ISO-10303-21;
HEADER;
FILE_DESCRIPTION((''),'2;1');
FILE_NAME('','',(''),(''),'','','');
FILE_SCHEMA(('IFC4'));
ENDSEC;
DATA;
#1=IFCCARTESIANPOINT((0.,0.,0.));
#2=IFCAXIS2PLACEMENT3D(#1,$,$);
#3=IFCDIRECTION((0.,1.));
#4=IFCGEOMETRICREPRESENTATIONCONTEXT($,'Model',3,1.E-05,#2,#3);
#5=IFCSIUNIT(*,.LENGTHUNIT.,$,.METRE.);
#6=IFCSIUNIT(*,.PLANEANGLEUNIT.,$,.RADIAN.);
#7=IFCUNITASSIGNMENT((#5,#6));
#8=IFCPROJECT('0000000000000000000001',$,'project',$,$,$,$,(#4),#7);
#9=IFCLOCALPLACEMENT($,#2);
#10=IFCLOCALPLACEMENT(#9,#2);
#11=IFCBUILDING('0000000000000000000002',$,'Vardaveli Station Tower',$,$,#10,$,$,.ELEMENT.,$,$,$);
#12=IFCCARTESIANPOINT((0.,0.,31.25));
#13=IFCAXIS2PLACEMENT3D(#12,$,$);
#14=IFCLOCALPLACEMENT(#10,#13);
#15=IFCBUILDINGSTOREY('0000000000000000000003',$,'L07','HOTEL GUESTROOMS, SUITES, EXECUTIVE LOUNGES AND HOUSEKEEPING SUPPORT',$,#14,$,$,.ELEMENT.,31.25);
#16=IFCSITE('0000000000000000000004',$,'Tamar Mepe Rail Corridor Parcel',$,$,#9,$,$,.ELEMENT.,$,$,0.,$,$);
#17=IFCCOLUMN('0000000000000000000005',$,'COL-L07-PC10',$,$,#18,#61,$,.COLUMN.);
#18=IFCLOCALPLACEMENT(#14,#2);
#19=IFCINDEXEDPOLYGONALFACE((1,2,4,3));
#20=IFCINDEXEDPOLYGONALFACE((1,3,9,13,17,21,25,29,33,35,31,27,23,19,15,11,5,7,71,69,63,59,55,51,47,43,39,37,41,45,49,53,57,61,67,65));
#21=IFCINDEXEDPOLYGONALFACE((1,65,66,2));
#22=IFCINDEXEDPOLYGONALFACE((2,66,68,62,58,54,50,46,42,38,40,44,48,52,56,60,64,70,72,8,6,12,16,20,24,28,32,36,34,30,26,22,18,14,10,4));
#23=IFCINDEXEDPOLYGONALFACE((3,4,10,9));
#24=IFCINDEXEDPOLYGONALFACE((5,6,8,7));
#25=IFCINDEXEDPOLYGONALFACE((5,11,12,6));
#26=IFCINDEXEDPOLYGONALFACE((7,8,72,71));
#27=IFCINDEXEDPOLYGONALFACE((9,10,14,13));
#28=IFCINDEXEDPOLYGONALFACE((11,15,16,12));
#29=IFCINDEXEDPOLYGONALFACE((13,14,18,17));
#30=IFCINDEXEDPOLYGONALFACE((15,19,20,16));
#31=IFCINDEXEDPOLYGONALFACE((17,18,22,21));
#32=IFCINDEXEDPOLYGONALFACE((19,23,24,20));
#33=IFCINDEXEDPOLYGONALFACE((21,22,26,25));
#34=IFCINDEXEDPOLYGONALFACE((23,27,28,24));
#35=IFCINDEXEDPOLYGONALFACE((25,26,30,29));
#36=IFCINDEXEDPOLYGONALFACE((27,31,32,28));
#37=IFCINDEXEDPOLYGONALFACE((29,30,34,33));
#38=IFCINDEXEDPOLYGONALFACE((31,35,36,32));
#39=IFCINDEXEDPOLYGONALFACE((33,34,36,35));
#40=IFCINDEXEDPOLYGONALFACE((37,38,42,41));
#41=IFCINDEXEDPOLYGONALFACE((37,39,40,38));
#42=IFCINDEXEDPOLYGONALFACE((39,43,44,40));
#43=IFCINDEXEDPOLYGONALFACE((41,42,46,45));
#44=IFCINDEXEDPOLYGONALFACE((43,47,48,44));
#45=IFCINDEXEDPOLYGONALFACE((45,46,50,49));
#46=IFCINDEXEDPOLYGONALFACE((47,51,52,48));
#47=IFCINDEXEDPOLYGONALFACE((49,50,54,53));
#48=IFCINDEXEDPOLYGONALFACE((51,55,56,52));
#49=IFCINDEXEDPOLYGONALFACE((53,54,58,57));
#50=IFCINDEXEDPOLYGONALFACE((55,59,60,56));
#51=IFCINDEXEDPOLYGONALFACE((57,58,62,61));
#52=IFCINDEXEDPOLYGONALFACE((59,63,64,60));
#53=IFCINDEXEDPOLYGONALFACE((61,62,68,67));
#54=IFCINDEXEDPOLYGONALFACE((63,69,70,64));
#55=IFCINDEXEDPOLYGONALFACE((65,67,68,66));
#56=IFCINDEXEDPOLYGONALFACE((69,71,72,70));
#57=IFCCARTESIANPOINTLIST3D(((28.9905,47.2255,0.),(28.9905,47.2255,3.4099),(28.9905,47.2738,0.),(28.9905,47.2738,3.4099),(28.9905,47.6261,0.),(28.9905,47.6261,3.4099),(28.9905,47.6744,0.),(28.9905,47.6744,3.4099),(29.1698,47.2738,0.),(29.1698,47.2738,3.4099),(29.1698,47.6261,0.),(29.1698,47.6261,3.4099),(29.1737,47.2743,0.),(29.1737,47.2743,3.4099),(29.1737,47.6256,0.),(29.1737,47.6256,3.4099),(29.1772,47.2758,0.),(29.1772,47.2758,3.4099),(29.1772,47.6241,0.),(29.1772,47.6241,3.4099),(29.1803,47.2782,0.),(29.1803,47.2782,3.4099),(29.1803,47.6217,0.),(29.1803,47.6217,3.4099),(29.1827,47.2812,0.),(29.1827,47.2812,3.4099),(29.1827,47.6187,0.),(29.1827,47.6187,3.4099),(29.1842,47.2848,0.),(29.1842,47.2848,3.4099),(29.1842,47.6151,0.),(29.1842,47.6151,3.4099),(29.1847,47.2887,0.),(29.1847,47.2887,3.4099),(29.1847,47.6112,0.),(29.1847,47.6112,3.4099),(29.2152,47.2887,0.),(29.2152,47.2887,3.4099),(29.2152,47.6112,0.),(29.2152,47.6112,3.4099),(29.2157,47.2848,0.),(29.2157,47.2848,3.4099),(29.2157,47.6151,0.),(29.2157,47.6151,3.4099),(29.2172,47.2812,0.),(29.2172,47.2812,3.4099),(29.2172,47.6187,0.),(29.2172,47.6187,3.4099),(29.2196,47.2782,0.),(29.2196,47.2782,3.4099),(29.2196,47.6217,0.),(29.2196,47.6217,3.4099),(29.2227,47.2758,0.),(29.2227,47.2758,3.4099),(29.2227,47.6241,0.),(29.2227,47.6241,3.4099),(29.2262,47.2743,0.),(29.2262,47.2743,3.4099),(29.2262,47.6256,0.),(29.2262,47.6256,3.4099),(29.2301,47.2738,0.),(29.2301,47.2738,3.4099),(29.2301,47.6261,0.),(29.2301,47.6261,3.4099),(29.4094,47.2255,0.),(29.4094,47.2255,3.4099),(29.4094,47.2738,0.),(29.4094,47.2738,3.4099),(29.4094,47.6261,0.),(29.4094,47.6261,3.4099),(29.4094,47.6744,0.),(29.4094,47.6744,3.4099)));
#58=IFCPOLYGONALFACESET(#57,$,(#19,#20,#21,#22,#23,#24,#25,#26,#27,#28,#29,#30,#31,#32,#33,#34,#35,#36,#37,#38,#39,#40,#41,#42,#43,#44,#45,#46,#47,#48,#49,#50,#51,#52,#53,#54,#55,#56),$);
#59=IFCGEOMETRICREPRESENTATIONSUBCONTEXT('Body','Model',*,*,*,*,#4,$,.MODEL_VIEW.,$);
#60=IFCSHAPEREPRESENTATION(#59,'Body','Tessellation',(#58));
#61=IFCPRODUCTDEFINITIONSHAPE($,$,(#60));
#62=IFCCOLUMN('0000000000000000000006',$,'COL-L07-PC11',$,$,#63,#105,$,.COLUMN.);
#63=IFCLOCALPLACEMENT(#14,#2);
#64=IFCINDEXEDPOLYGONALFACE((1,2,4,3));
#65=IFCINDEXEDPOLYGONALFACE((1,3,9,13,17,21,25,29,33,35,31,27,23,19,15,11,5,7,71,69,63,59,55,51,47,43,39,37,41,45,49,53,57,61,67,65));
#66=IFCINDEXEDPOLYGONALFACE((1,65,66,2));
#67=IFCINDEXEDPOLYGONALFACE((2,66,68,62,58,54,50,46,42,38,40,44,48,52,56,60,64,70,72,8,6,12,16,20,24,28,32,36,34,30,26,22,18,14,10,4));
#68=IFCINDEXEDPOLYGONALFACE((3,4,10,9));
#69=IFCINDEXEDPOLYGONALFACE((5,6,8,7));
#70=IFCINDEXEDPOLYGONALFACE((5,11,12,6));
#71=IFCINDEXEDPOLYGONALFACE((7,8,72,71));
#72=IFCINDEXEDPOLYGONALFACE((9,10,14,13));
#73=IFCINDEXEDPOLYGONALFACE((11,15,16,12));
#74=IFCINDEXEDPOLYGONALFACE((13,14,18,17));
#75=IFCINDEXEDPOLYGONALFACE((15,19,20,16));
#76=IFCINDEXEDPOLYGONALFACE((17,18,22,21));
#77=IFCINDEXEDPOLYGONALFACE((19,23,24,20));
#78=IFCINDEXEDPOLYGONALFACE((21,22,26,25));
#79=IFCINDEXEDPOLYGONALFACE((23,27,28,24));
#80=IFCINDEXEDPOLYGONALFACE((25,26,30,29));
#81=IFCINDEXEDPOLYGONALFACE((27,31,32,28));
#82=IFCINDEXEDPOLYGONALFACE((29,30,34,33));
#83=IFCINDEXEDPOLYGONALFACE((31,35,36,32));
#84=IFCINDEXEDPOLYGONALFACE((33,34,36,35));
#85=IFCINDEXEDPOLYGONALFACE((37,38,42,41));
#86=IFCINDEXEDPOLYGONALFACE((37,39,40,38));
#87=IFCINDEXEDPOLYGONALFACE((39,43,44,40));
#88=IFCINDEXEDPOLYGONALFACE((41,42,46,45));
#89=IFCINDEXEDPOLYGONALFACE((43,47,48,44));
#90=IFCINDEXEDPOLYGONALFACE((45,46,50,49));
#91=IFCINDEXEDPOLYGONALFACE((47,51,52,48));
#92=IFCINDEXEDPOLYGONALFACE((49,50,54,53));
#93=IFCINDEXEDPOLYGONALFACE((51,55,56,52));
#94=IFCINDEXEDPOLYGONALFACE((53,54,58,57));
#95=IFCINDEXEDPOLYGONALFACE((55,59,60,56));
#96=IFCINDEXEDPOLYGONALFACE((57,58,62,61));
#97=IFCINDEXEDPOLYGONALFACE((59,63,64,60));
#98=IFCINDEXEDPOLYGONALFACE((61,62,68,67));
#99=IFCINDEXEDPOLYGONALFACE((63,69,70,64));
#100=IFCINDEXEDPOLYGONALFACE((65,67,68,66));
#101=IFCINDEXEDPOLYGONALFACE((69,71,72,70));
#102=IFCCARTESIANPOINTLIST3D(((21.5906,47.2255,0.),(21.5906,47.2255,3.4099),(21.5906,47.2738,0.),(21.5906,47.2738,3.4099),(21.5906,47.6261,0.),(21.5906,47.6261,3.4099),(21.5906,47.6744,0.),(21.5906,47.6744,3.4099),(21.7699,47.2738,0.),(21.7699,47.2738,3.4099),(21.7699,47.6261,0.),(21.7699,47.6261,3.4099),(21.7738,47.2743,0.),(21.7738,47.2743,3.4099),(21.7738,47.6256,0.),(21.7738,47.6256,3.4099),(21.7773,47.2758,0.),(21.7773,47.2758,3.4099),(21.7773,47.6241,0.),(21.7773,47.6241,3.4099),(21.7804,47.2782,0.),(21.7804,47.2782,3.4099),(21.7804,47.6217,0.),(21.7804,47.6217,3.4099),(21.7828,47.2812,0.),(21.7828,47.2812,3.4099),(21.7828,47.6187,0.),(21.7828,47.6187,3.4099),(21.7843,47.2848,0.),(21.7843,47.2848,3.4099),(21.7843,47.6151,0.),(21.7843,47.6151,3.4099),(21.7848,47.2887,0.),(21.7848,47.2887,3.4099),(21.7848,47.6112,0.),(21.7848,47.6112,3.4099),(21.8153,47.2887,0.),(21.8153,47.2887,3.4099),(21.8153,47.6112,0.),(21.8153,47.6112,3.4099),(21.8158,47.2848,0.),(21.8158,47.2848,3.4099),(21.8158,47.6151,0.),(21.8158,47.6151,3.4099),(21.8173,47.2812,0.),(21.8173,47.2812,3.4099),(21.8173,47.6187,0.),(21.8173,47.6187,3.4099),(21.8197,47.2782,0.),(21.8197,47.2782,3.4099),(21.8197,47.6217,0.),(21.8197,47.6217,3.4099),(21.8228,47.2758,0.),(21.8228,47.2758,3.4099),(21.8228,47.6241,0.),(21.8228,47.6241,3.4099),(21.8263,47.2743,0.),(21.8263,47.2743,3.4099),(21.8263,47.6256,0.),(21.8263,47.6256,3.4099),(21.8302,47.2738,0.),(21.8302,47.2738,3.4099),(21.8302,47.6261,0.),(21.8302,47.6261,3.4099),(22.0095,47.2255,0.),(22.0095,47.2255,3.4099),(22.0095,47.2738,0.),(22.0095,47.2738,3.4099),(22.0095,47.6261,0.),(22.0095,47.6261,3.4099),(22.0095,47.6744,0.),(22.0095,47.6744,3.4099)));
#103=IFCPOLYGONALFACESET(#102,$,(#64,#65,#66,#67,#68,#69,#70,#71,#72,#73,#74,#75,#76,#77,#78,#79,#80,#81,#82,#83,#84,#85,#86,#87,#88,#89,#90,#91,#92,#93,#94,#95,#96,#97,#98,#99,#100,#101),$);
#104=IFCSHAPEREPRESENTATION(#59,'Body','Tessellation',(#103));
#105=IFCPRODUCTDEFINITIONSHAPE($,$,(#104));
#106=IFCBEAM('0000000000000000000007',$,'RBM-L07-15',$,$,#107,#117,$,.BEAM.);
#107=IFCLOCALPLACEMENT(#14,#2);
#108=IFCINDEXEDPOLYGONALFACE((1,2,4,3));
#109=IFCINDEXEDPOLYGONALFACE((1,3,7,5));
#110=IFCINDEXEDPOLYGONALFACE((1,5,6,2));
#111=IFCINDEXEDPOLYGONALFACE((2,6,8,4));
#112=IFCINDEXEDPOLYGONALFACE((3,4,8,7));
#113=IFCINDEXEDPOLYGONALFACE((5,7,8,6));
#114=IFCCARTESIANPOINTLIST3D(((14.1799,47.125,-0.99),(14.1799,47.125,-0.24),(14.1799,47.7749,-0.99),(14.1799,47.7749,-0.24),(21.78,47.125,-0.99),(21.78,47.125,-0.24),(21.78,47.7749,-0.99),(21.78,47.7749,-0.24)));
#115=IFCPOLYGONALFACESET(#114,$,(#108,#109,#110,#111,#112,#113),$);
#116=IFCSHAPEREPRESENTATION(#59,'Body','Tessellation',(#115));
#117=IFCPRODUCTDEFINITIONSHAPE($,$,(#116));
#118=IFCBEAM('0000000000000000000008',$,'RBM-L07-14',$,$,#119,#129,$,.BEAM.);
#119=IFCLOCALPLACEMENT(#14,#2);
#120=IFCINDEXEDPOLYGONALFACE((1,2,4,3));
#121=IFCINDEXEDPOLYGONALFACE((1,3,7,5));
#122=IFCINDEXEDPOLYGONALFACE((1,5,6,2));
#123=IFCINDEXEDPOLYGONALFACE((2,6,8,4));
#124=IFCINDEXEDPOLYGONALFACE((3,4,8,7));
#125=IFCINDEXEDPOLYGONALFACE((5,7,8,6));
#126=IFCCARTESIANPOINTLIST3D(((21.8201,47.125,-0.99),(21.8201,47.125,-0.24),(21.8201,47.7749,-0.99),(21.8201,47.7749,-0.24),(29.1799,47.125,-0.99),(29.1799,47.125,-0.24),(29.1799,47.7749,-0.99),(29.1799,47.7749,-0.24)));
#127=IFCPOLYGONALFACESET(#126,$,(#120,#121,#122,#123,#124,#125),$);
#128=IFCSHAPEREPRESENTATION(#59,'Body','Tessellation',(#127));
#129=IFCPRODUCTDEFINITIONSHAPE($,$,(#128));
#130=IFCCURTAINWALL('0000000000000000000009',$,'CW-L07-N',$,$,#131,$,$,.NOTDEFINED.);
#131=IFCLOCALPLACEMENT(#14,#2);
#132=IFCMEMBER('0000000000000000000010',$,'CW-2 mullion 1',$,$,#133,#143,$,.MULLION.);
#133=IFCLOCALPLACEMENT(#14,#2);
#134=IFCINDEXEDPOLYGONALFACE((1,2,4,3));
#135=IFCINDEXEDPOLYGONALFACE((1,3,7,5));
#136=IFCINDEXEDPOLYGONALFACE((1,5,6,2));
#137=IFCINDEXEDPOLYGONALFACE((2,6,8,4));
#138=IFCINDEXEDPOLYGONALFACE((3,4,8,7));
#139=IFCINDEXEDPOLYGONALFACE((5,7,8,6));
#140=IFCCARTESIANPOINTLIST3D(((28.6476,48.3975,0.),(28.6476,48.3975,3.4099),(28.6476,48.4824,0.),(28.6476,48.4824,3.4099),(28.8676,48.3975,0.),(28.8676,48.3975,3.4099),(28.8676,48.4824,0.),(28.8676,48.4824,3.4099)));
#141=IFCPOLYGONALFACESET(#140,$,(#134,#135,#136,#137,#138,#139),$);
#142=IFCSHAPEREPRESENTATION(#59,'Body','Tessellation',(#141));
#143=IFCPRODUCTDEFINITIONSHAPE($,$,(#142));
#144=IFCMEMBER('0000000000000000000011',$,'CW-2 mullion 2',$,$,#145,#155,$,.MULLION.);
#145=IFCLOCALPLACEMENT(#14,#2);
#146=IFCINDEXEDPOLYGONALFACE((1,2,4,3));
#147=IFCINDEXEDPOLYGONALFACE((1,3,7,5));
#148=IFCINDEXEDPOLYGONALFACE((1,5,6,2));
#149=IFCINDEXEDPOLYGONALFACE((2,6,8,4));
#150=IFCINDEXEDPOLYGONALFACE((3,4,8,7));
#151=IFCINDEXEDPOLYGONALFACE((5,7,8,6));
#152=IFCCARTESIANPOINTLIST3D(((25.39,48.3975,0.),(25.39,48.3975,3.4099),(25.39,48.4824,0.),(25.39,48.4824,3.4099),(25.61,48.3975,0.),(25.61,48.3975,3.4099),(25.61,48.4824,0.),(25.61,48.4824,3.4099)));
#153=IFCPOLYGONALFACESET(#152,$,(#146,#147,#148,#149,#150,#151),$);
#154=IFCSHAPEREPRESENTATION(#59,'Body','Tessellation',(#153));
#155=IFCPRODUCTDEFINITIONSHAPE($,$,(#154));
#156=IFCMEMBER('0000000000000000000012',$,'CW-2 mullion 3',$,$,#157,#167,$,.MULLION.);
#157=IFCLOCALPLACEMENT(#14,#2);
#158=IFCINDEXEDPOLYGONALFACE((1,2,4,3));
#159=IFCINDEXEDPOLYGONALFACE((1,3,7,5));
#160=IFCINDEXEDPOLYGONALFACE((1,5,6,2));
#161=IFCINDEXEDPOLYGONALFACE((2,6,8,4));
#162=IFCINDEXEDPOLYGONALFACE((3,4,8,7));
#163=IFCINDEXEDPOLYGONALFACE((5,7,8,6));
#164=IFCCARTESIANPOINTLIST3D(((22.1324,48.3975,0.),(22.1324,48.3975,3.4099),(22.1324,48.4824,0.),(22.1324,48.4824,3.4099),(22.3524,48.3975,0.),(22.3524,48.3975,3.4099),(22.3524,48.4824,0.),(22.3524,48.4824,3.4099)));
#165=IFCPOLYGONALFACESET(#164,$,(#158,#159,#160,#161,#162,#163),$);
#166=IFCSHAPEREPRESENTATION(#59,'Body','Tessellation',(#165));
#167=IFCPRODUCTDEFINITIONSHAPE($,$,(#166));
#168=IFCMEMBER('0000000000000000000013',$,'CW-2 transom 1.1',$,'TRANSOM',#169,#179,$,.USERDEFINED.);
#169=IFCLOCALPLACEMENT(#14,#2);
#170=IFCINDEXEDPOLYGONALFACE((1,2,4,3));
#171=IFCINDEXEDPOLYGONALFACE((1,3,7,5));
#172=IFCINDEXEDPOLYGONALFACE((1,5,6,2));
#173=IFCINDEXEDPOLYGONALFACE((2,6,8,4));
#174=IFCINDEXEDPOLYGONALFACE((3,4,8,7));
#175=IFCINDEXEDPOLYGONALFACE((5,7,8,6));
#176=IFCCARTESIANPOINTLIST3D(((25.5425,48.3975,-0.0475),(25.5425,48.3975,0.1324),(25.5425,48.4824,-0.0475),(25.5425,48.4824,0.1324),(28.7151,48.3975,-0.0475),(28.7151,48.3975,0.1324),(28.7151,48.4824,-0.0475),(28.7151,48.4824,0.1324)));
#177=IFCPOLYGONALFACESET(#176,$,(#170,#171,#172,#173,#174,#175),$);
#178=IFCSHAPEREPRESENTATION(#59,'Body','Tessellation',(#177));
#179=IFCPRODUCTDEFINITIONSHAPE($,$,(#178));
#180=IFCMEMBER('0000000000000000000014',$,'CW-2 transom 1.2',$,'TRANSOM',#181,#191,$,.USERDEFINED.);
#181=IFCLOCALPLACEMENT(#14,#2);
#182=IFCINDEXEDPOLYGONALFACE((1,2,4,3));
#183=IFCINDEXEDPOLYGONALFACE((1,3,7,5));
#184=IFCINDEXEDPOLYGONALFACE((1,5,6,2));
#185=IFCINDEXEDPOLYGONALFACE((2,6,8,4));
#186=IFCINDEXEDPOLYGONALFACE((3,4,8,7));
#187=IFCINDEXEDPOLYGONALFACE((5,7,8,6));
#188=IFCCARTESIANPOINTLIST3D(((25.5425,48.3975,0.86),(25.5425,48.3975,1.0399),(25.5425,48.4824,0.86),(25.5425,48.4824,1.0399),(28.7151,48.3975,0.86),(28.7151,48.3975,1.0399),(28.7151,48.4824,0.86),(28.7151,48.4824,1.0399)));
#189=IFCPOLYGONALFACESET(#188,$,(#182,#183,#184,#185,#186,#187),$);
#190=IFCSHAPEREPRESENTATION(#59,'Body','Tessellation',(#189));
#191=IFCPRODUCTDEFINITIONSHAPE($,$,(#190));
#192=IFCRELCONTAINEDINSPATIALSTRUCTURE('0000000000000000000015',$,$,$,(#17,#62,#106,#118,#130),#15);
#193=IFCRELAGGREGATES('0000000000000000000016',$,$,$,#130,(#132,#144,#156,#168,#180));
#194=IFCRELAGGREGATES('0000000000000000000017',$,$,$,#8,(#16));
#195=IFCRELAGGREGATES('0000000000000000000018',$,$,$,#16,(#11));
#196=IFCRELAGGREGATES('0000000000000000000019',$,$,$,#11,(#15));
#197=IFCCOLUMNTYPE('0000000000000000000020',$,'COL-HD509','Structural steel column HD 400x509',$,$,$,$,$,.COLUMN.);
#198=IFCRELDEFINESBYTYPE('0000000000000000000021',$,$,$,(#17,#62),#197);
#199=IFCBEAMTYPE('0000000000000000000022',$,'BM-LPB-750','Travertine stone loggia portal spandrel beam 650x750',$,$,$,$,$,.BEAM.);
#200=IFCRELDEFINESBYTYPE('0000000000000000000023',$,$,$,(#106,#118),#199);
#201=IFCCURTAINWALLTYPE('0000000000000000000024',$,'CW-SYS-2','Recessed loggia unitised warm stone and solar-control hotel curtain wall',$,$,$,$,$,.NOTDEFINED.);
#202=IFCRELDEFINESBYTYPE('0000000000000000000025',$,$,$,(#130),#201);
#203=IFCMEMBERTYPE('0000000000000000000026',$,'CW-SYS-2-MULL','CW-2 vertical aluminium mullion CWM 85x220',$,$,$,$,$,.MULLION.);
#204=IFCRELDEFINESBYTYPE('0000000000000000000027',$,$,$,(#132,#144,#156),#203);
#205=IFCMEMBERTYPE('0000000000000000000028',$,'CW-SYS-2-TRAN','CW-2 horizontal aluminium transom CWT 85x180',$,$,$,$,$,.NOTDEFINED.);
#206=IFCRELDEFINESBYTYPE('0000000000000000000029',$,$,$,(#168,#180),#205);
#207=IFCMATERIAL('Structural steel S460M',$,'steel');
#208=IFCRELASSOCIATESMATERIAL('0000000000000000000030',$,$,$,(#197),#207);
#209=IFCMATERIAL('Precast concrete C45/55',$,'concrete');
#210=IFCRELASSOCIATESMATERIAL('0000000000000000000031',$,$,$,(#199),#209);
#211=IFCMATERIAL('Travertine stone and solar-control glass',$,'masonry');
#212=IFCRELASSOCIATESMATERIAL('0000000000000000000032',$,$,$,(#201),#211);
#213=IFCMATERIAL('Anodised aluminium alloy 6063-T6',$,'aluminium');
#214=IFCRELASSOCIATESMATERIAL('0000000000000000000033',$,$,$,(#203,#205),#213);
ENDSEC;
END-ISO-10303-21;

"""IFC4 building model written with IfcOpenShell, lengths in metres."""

from ifc_helpers import new_model, si_unit, direction, frame, origin, origin_2d, place, context, subcontext, project, spatial, rectangle, i_section, extrude, source, transform, mapped, material, material_profile, profile_set, type_object, element, aggregate, save


model = new_model("IFC4")

# Units and contexts
model_context = context("Model", 3, precision=1e-05, world=origin(), true_north=direction((0.0, 1.0)))
body_context = subcontext(model_context, "Body", "Model", "MODEL_VIEW")
ifc_project = project(units=[si_unit("LENGTHUNIT", "METRE"), si_unit("PLANEANGLEUNIT", "RADIAN")], contexts=[model_context])

# Site, building, storey
site_placement = place(None, origin())
site = spatial("IfcSite", under=ifc_project, at=site_placement, Name="Tamar Mepe Rail Corridor Parcel", CompositionType="ELEMENT", RefElevation=0.0)
building_placement = place(site_placement, origin())
building = spatial("IfcBuilding", under=site, at=building_placement, Name="Vardaveli Station Tower", CompositionType="ELEMENT")
storey_placement = place(building_placement, frame((0.0, 0.0, 31.25)))
storey = spatial("IfcBuildingStorey", under=building, at=storey_placement, Name="L07", Description="HOTEL GUESTROOMS, SUITES, EXECUTIVE LOUNGES AND HOUSEKEEPING SUPPORT", CompositionType="ELEMENT", Elevation=31.25)

# Columns
ifc_material_1 = material(Name="Structural steel S460M", Category="steel")
ifc_material_profile_1 = material_profile(ifc_material_1, i_section(OverallWidth=0.4189, OverallDepth=0.449, WebThickness=0.0305, FlangeThickness=0.0483, FilletRadius=0.0149, at=origin_2d()), Name="HD 400x509")
ifc_profile_set_1 = profile_set([ifc_material_profile_1], Name="Structural steel S460M")
column_type = type_object("IfcColumnType", Name="COL-HD509", Description="Structural steel column HD 400x509", PredefinedType="COLUMN", material=ifc_profile_set_1)
shared_shape_1 = source(origin(), body_context, "Body", "SweptSolid", [
    extrude(i_section(OverallWidth=0.4189, OverallDepth=0.449, WebThickness=0.0305, FlangeThickness=0.0483, FilletRadius=0.0149, at=origin_2d()), origin(), (0.0, 0.0, 1.0), 3.4099),
])
for number, where, z_axis, x_axis, name in (
    (1, (29.2, 47.45, 0.0), (0.0, 0.0, 1.0), (1.0, 0.0, 0.0), "COL-L07-PC10"),
    (2, (21.8, 47.45, 0.0), (0.0, 0.0, 1.0), (1.0, 0.0, 0.0), "COL-L07-PC11"),
):
    element("IfcColumn", number, at=place(storey_placement, frame(where, z_axis=z_axis, x_axis=x_axis)), inside=storey, type_object=column_type, Name=name, PredefinedType="COLUMN", context=body_context, shape_type="MappedRepresentation", body=[
        mapped(shared_shape_1, transform((0.0, 0.0, 0.0), scale=1.0)),
    ])

# Beams
ifc_material_2 = material(Name="Precast concrete C45/55", Category="concrete")
ifc_material_profile_2 = material_profile(ifc_material_2, rectangle(XDim=0.6499, YDim=0.75, at=origin_2d()), Name="LPB 650x750")
ifc_profile_set_2 = profile_set([ifc_material_profile_2], Name="Precast concrete C45/55")
beam_type = type_object("IfcBeamType", Name="BM-LPB-750", Description="Travertine stone loggia portal spandrel beam 650x750", PredefinedType="BEAM", material=ifc_profile_set_2)
shared_shape_2 = source(origin(), body_context, "Body", "SweptSolid", [
    extrude(rectangle(XDim=0.6499, YDim=0.75, at=origin_2d()), origin(), (0.0, 0.0, 1.0), 7.6001),
])
beam_1_placement = place(storey_placement, frame((21.78, 47.45, -0.615), z_axis=(-1.0, 0.0, 0.0), x_axis=(0.0, -1.0, 0.0)))
element("IfcBeam", 3, at=beam_1_placement, inside=storey, type_object=beam_type, Name="RBM-L07-15", PredefinedType="BEAM", context=body_context, shape_type="MappedRepresentation", body=[
    mapped(shared_shape_2, transform((0.0, 0.0, 0.0), scale=1.0)),
])
shared_shape_3 = source(origin(), body_context, "Body", "SweptSolid", [
    extrude(rectangle(XDim=0.6499, YDim=0.75, at=origin_2d()), origin(), (0.0, 0.0, 1.0), 7.3599),
])
beam_2_placement = place(storey_placement, frame((29.1799, 47.45, -0.615), z_axis=(-1.0, 0.0, 0.0), x_axis=(0.0, -1.0, 0.0)))
element("IfcBeam", 4, at=beam_2_placement, inside=storey, type_object=beam_type, Name="RBM-L07-14", PredefinedType="BEAM", context=body_context, shape_type="MappedRepresentation", body=[
    mapped(shared_shape_3, transform((0.0, 0.0, 0.0), scale=1.0)),
])

# Curtain wall, members
ifc_material_3 = material(Name="Travertine stone and solar-control glass", Category="masonry")
curtain_wall_type = type_object("IfcCurtainWallType", Name="CW-SYS-2", Description="Recessed loggia unitised warm stone and solar-control hotel curtain wall", PredefinedType="NOTDEFINED", material=ifc_material_3)
curtain_wall_placement = place(storey_placement, origin())
curtain_wall = element("IfcCurtainWall", 5, at=curtain_wall_placement, inside=storey, type_object=curtain_wall_type, Name="CW-L07-N", PredefinedType="NOTDEFINED")
ifc_material_4 = material(Name="Anodised aluminium alloy 6063-T6", Category="aluminium")
ifc_material_profile_3 = material_profile(ifc_material_4, rectangle(XDim=0.085, YDim=0.22, at=origin_2d()), Name="CWM 85x220")
ifc_profile_set_3 = profile_set([ifc_material_profile_3], Name="Anodised aluminium alloy 6063-T6")
member_type_1 = type_object("IfcMemberType", Name="CW-SYS-2-MULL", Description="CW-2 vertical aluminium mullion CWM 85x220", PredefinedType="MULLION", material=ifc_profile_set_3)
shared_shape_4 = source(origin(), body_context, "Body", "SweptSolid", [
    extrude(rectangle(XDim=0.085, YDim=0.22, at=origin_2d()), origin(), (0.0, 0.0, 1.0), 3.4099),
])
member_1_placement = place(storey_placement, frame((28.7576, 48.4399, 0.0), z_axis=(0.0, 0.0, 1.0), x_axis=(0.0, -1.0, 0.0)))
member_1 = element("IfcMember", 6, at=member_1_placement, type_object=member_type_1, Name="CW-2 mullion 1", PredefinedType="MULLION", context=body_context, shape_type="MappedRepresentation", body=[
    mapped(shared_shape_4, transform((0.0, 0.0, 0.0), scale=1.0)),
])
member_2_placement = place(storey_placement, frame((25.5, 48.4399, 0.0), z_axis=(0.0, 0.0, 1.0), x_axis=(0.0, -1.0, 0.0)))
member_2 = element("IfcMember", 7, at=member_2_placement, type_object=member_type_1, Name="CW-2 mullion 2", PredefinedType="MULLION", context=body_context, shape_type="MappedRepresentation", body=[
    mapped(shared_shape_4, transform((0.0, 0.0, 0.0), scale=1.0)),
])
member_3_placement = place(storey_placement, frame((22.2424, 48.4399, 0.0), z_axis=(0.0, 0.0, 1.0), x_axis=(0.0, -1.0, 0.0)))
member_3 = element("IfcMember", 8, at=member_3_placement, type_object=member_type_1, Name="CW-2 mullion 3", PredefinedType="MULLION", context=body_context, shape_type="MappedRepresentation", body=[
    mapped(shared_shape_4, transform((0.0, 0.0, 0.0), scale=1.0)),
])
ifc_material_profile_4 = material_profile(ifc_material_4, rectangle(XDim=0.085, YDim=0.1799, at=origin_2d()), Name="CWT 85x180")
ifc_profile_set_4 = profile_set([ifc_material_profile_4], Name="Anodised aluminium alloy 6063-T6")
member_type_2 = type_object("IfcMemberType", Name="CW-SYS-2-TRAN", Description="CW-2 horizontal aluminium transom CWT 85x180", PredefinedType="NOTDEFINED", material=ifc_profile_set_4)
shared_shape_5 = source(origin(), body_context, "Body", "SweptSolid", [
    extrude(rectangle(XDim=0.085, YDim=0.1799, at=origin_2d()), origin(), (0.0, 0.0, 1.0), 3.1726),
])
member_4_placement = place(storey_placement, frame((28.7151, 48.4399, 0.0425), z_axis=(-1.0, 0.0, 0.0), x_axis=(0.0, -1.0, 0.0)))
member_4 = element("IfcMember", 9, at=member_4_placement, type_object=member_type_2, Name="CW-2 transom 1.1", ObjectType="TRANSOM", PredefinedType="USERDEFINED", context=body_context, shape_type="MappedRepresentation", body=[
    mapped(shared_shape_5, transform((0.0, 0.0, 0.0), scale=1.0)),
])
member_5_placement = place(storey_placement, frame((28.7151, 48.4399, 0.95), z_axis=(-1.0, 0.0, 0.0), x_axis=(0.0, -1.0, 0.0)))
member_5 = element("IfcMember", 10, at=member_5_placement, type_object=member_type_2, Name="CW-2 transom 1.2", ObjectType="TRANSOM", PredefinedType="USERDEFINED", context=body_context, shape_type="MappedRepresentation", body=[
    mapped(shared_shape_5, transform((0.0, 0.0, 0.0), scale=1.0)),
])
aggregate(curtain_wall, [member_1, member_2, member_3, member_4, member_5])

save(model, "model.ifc")
